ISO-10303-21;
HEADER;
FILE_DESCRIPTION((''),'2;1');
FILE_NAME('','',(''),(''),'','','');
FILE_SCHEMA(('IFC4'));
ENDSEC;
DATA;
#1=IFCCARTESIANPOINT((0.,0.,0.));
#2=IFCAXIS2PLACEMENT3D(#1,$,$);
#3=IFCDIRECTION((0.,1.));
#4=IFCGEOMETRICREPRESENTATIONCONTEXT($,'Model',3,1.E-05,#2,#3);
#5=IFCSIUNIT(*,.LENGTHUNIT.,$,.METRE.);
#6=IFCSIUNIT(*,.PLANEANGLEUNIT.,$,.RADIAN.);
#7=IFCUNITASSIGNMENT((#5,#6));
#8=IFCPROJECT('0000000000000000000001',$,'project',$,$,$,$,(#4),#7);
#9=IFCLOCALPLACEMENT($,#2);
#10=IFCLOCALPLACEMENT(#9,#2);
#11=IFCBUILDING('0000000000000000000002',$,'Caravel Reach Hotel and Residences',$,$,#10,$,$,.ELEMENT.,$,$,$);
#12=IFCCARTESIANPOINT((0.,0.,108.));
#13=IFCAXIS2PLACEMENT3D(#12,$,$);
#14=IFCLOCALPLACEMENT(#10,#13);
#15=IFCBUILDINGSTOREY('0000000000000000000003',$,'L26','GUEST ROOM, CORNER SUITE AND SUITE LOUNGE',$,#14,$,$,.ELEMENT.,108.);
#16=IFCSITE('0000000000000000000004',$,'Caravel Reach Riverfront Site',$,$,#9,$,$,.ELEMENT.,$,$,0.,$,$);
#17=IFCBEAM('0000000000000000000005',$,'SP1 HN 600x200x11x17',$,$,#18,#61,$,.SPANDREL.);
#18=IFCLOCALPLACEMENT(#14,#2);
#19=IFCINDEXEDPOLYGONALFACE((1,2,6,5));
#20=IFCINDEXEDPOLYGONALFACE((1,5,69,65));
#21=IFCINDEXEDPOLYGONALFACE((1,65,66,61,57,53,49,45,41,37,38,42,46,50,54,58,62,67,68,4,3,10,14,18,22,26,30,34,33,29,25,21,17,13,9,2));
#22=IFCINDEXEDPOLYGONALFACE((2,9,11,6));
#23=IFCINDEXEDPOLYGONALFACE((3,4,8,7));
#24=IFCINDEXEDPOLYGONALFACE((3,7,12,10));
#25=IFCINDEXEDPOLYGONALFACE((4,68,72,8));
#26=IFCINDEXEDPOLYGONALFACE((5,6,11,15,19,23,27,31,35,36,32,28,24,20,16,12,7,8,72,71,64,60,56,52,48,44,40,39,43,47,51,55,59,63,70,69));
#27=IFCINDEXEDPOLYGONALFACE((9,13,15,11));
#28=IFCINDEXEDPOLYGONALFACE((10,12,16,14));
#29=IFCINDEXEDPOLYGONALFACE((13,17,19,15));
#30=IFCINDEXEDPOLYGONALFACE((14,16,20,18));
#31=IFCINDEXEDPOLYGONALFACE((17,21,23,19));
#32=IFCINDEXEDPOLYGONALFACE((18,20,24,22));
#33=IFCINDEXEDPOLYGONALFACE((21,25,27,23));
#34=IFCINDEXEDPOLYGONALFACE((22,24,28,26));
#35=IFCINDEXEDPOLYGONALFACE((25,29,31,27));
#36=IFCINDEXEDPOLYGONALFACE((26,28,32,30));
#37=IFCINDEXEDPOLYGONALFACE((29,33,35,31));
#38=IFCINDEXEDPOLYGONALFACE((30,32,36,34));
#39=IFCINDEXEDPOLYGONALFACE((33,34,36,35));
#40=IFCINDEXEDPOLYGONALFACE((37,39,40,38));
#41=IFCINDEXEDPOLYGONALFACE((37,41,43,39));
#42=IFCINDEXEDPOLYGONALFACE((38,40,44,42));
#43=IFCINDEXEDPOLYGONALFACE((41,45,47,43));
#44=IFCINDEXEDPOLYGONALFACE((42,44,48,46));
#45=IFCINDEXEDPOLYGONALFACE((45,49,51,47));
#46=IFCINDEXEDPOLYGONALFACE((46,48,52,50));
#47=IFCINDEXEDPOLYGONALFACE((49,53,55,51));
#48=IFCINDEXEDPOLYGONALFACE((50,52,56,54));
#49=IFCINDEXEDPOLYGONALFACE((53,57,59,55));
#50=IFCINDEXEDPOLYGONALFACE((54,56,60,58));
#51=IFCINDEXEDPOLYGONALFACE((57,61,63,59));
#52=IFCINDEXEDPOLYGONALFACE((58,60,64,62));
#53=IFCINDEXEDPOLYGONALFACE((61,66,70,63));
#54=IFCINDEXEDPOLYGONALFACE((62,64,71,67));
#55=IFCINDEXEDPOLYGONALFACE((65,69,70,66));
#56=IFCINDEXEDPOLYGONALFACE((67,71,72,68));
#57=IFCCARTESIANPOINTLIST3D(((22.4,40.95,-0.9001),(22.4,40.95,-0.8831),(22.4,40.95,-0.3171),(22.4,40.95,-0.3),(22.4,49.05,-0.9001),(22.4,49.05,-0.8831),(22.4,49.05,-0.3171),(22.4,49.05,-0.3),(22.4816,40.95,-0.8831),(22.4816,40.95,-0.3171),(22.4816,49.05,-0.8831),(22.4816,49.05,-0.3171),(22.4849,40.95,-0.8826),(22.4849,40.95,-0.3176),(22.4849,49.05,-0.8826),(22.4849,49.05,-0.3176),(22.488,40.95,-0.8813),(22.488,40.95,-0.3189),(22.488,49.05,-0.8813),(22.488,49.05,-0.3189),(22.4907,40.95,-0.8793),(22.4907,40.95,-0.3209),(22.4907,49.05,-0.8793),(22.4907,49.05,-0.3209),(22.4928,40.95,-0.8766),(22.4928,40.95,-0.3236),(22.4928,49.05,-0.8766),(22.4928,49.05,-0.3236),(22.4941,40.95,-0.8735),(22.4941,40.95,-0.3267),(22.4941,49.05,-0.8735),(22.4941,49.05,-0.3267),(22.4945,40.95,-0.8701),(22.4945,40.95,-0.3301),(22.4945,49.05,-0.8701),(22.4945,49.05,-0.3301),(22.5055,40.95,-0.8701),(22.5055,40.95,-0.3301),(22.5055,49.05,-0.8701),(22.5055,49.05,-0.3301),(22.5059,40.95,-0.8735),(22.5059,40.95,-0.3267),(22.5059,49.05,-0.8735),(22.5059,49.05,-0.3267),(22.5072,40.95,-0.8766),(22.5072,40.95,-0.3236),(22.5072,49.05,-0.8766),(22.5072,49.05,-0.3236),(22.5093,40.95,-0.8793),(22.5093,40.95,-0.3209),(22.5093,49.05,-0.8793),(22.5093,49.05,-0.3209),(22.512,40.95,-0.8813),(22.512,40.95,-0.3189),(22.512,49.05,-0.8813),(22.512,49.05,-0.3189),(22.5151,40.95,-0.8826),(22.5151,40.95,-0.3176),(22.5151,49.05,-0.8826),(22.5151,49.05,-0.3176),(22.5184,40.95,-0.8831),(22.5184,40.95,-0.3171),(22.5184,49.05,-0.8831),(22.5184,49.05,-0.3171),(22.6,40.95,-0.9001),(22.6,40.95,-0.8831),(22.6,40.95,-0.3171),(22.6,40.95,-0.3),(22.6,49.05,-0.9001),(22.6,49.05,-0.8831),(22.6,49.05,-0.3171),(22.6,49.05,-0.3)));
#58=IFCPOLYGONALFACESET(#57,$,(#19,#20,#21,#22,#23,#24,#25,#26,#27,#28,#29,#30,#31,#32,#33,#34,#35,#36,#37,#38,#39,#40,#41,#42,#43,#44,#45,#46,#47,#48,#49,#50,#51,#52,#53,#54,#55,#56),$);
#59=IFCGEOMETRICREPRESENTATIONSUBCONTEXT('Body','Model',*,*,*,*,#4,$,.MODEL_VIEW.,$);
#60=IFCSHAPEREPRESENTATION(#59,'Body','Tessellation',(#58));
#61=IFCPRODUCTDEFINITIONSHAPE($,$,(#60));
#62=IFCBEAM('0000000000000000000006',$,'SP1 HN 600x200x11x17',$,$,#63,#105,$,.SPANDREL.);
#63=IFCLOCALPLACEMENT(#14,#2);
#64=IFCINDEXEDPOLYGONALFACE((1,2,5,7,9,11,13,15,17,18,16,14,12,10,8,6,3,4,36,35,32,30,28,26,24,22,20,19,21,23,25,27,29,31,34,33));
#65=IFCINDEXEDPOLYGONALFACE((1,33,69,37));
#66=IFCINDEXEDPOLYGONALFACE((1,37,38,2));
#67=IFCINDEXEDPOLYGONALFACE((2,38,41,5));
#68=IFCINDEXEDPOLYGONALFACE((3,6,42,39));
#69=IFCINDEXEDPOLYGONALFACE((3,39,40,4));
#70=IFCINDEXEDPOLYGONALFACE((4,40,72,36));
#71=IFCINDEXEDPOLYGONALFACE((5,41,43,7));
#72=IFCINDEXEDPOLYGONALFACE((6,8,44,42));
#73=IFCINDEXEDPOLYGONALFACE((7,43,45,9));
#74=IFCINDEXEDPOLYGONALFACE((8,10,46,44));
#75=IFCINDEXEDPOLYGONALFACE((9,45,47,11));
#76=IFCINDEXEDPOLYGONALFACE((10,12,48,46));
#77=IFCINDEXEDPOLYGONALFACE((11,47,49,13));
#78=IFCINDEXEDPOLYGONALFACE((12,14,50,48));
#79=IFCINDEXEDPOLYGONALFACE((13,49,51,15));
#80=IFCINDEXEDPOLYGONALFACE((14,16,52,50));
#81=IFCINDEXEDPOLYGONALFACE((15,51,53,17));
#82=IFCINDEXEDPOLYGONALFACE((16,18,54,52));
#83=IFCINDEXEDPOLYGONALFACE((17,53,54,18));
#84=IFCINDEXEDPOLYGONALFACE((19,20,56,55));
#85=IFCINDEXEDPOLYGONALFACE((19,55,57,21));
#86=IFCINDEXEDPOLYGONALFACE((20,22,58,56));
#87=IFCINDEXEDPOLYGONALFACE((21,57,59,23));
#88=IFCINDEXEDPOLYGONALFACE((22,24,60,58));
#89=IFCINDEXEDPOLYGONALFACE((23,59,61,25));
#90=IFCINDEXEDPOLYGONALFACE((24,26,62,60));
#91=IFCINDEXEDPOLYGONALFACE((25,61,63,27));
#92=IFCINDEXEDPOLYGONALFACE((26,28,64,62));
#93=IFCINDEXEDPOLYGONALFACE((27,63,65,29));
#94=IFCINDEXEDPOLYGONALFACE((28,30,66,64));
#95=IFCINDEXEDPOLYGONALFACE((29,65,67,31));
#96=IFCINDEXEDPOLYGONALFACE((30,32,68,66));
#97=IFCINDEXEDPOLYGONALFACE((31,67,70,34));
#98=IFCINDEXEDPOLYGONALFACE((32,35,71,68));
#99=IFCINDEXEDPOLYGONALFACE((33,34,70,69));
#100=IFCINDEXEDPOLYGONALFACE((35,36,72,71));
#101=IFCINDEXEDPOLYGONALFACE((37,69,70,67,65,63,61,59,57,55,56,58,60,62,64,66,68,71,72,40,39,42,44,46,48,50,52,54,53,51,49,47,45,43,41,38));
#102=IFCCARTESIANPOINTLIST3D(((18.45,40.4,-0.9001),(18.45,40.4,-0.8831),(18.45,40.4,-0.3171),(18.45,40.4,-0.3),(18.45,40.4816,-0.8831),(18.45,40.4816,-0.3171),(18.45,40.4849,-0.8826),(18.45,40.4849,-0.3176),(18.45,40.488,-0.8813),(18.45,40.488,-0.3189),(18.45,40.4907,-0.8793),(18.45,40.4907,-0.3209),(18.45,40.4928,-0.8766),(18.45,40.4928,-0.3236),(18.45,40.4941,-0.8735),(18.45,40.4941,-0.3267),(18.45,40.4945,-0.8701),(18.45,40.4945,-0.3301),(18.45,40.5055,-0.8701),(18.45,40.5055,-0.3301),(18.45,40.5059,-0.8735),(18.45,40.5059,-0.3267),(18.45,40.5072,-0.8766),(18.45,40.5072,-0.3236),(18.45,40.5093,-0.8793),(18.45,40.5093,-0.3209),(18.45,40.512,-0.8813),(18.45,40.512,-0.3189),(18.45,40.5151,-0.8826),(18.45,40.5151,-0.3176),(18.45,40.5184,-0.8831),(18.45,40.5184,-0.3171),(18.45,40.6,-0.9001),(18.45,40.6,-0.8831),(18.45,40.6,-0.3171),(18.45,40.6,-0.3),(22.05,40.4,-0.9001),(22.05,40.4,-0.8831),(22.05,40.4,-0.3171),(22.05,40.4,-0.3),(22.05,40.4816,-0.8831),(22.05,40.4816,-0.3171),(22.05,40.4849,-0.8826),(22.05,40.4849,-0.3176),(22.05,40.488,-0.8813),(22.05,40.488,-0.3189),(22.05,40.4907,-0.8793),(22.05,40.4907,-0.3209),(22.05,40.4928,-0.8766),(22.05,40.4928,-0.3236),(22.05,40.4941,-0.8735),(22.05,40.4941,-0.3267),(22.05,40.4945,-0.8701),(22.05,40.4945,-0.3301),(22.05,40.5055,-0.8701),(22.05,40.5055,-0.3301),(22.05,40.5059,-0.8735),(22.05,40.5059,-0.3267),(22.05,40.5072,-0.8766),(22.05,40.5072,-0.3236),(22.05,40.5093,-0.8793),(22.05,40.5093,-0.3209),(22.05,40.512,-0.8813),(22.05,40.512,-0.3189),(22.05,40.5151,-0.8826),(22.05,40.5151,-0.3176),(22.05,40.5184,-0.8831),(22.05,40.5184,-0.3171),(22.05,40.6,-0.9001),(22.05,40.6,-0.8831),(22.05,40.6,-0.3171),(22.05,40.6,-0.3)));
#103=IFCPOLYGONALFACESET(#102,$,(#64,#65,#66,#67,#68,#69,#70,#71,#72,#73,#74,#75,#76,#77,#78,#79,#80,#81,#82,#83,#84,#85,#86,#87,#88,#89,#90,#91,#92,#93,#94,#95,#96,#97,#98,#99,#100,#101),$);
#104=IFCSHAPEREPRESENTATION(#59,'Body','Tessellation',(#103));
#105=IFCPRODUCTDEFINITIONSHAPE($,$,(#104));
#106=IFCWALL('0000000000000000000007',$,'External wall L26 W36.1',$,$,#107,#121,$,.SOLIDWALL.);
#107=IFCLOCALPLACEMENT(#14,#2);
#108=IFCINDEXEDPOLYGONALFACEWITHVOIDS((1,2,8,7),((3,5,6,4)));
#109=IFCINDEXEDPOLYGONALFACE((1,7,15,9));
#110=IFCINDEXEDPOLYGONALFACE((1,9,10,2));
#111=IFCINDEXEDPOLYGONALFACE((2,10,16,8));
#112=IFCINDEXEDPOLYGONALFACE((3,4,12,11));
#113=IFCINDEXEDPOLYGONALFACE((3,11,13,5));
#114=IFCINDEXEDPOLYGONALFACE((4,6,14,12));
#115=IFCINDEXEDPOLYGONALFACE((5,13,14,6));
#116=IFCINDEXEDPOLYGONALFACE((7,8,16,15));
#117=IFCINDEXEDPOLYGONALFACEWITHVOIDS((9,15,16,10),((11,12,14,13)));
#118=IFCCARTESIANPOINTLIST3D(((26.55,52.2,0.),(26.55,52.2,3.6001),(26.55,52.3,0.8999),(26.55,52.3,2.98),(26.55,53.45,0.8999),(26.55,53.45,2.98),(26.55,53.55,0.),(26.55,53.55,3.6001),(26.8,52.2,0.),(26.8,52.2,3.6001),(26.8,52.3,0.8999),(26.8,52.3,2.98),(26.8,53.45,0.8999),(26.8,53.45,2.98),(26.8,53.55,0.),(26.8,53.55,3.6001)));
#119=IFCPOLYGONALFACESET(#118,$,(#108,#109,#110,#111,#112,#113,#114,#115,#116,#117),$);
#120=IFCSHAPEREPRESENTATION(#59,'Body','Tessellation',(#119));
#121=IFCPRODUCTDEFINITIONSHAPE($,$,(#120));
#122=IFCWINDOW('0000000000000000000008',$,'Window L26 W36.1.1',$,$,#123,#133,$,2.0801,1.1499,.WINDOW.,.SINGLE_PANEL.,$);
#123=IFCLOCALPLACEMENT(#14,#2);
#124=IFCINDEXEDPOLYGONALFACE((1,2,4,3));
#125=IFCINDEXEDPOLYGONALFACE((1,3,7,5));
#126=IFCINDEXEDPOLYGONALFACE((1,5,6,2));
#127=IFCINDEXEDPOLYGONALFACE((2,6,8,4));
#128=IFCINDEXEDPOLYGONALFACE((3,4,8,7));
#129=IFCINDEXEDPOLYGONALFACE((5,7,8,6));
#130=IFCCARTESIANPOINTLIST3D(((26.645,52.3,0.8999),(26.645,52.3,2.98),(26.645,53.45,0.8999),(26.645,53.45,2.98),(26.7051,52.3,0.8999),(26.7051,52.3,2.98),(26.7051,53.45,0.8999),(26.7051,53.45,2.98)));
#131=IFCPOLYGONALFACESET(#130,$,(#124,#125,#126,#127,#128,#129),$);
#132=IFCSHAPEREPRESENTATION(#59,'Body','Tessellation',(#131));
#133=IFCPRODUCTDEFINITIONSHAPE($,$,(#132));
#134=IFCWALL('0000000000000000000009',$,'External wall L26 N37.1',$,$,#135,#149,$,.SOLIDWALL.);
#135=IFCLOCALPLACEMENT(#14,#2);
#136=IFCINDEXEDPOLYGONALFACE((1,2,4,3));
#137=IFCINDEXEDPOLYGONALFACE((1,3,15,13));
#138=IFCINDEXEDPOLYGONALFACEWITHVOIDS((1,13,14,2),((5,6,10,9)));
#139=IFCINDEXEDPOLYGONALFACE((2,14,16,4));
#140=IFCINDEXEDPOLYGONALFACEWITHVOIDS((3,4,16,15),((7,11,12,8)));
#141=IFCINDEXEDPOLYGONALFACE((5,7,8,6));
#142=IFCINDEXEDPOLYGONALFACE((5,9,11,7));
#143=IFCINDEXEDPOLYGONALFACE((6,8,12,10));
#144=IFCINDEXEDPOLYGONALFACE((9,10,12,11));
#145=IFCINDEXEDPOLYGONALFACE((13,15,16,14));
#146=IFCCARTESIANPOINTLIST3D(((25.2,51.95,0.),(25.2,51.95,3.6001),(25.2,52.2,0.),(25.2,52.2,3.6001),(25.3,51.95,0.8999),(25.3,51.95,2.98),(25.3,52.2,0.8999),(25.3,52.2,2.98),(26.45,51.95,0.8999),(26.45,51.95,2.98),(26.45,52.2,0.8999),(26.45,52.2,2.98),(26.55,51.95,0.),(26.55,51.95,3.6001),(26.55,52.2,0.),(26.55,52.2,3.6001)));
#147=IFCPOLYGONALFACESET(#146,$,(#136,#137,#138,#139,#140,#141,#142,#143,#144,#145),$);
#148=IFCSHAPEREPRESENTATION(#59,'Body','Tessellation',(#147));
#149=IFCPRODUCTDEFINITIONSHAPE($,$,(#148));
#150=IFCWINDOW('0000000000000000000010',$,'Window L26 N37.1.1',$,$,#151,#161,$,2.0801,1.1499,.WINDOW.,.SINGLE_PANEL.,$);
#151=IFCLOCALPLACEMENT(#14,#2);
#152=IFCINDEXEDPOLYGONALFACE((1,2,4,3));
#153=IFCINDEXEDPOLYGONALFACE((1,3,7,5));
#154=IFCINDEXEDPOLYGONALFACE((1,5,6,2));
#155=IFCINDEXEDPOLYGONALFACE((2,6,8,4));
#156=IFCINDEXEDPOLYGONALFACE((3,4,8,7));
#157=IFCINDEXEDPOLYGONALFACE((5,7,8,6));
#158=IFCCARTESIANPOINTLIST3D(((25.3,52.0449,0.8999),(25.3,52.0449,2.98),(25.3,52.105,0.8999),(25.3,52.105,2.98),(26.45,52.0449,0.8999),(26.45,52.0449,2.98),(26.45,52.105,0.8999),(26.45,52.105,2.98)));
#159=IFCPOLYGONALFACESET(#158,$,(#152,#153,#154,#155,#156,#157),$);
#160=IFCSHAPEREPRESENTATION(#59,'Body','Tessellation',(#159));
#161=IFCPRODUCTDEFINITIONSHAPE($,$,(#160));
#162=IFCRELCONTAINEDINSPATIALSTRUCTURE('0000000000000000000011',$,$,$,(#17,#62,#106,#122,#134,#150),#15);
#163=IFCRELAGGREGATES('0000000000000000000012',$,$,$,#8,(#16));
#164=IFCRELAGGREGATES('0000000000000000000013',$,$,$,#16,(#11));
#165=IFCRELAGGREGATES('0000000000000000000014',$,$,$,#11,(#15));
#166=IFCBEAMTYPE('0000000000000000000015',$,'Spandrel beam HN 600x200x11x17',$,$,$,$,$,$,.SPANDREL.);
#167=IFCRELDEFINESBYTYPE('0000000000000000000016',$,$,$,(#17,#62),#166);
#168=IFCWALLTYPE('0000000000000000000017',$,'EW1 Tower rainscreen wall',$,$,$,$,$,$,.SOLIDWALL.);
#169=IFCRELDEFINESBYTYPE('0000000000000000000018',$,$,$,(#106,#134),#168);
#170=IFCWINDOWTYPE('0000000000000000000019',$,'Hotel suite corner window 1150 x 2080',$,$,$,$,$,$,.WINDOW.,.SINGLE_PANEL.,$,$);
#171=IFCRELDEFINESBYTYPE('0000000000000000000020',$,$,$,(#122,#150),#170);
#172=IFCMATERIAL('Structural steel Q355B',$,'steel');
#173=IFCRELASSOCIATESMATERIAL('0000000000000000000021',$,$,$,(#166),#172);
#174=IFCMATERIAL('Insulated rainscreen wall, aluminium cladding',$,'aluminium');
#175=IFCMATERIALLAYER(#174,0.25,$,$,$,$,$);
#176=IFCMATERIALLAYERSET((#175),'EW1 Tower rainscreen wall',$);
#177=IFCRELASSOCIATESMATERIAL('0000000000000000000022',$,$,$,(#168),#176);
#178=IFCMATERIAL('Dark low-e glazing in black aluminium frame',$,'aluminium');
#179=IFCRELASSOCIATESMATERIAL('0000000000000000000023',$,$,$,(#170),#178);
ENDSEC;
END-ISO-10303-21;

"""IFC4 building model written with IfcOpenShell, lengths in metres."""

from ifc_helpers import new_model, si_unit, direction, frame, frame_2d, origin, origin_2d, place, context, subcontext, project, spatial, rectangle, i_section, extrude, material, layer, layer_set, material_profile, profile_set, type_object, element, fill, save


model = new_model("IFC4")

# Units and contexts
model_context = context("Model", 3, precision=1e-05, world=origin(), true_north=direction((0.0, 1.0)))
body_context = subcontext(model_context, "Body", "Model", "MODEL_VIEW")
ifc_project = project(units=[si_unit("LENGTHUNIT", "METRE"), si_unit("PLANEANGLEUNIT", "RADIAN")], contexts=[model_context])

# Site, building, storey
site_placement = place(None, origin())
site = spatial("IfcSite", under=ifc_project, at=site_placement, Name="Caravel Reach Riverfront Site", CompositionType="ELEMENT", RefElevation=0.0)
building_placement = place(site_placement, origin())
building = spatial("IfcBuilding", under=site, at=building_placement, Name="Caravel Reach Hotel and Residences", CompositionType="ELEMENT")
storey_placement = place(building_placement, frame((0.0, 0.0, 108.0)))
storey = spatial("IfcBuildingStorey", under=building, at=storey_placement, Name="L26", Description="GUEST ROOM, CORNER SUITE AND SUITE LOUNGE", CompositionType="ELEMENT", Elevation=108.0)

# Beams
ifc_material_1 = material(Name="Structural steel Q355B", Category="steel")
ifc_material_profile_1 = material_profile(ifc_material_1, i_section(OverallWidth=0.2, OverallDepth=0.6001, WebThickness=0.011, FlangeThickness=0.0171, FilletRadius=0.0129, at=origin_2d()), Name="HN 600x200x11x17")
ifc_profile_set_1 = profile_set([ifc_material_profile_1], Name="Structural steel Q355B")
beam_type_1 = type_object("IfcBeamType", Name="Spandrel beam HN 600x200x11x17", PredefinedType="SPANDREL", material=ifc_profile_set_1)
beam_1_placement = place(storey_placement, frame((22.5, 49.05, -0.6001), z_axis=(0.0, -1.0, 0.0), x_axis=(1.0, 0.0, 0.0)))
element("IfcBeam", 1, at=beam_1_placement, inside=storey, type_object=beam_type_1, Name="SP1 HN 600x200x11x17", PredefinedType="SPANDREL", context=body_context, shape_type="SweptSolid", body=[
    extrude(i_section(OverallWidth=0.2, OverallDepth=0.6001, WebThickness=0.011, FlangeThickness=0.0171, FilletRadius=0.0129, at=origin_2d()), origin(), (0.0, 0.0, 1.0), 8.1001),
])
beam_2_placement = place(storey_placement, frame((22.05, 40.5, -0.6001), z_axis=(-1.0, 0.0, 0.0), x_axis=(0.0, -1.0, 0.0)))
element("IfcBeam", 2, at=beam_2_placement, inside=storey, type_object=beam_type_1, Name="SP1 HN 600x200x11x17", PredefinedType="SPANDREL", context=body_context, shape_type="SweptSolid", body=[
    extrude(i_section(OverallWidth=0.2, OverallDepth=0.6001, WebThickness=0.011, FlangeThickness=0.0171, FilletRadius=0.0129, at=origin_2d()), origin(), (0.0, 0.0, 1.0), 3.6001),
])

# Walls, openings, windows
ifc_material_2 = material(Name="Insulated rainscreen wall, aluminium cladding", Category="aluminium")
ifc_layer_1 = layer(ifc_material_2, 0.25)
ifc_layer_set_1 = layer_set([ifc_layer_1], Name="EW1 Tower rainscreen wall")
wall_type_1 = type_object("IfcWallType", Name="EW1 Tower rainscreen wall", PredefinedType="SOLIDWALL", material=ifc_layer_set_1)
wall_1_placement = place(storey_placement, frame((26.675, 53.55, 0.0), z_axis=(0.0, 0.0, 1.0), x_axis=(0.0, -1.0, 0.0)))
wall_1 = element("IfcWall", 3, at=wall_1_placement, inside=storey, type_object=wall_type_1, Name="External wall L26 W36.1", PredefinedType="SOLIDWALL", context=body_context, shape_type="SweptSolid", body=[
    extrude(rectangle(XDim=1.3501, YDim=0.25, at=frame_2d((0.675, 0.0))), origin(), (0.0, 0.0, 1.0), 3.6001),
])
opening_1_placement = place(wall_1_placement, frame((0.1001, 0.0, 0.8999)))
opening_1 = element("IfcOpeningElement", 4, at=opening_1_placement, cuts=wall_1, PredefinedType="OPENING", context=body_context, shape_type="SweptSolid", body=[
    extrude(rectangle(XDim=1.1499, YDim=2.0801, at=frame_2d((0.575, 1.04))), frame((0.0, 0.135, 0.0), z_axis=(0.0, -1.0, 0.0), x_axis=(1.0, 0.0, 0.0)), (0.0, 0.0, 1.0), 0.27),
])
ifc_material_3 = material(Name="Dark low-e glazing in black aluminium frame", Category="aluminium")
window_type_1 = type_object("IfcWindowType", Name="Hotel suite corner window 1150 x 2080", PartitioningType="SINGLE_PANEL", PredefinedType="WINDOW", material=ifc_material_3)
window_1_placement = place(opening_1_placement, origin())
window_1 = element("IfcWindow", 5, at=window_1_placement, inside=storey, type_object=window_type_1, Name="Window L26 W36.1.1", OverallHeight=2.0801, OverallWidth=1.1499, PartitioningType="SINGLE_PANEL", PredefinedType="WINDOW", context=body_context, shape_type="SweptSolid", body=[
    extrude(rectangle(XDim=1.1499, YDim=2.0801, at=frame_2d((0.575, 1.04))), frame((0.0, 0.03, 0.0), z_axis=(0.0, -1.0, 0.0), x_axis=(1.0, 0.0, 0.0)), (0.0, 0.0, 1.0), 0.0601),
])
fill(opening_1, window_1)
wall_2_placement = place(storey_placement, frame((26.55, 52.075, 0.0), z_axis=(0.0, 0.0, 1.0), x_axis=(-1.0, 0.0, 0.0)))
wall_2 = element("IfcWall", 6, at=wall_2_placement, inside=storey, type_object=wall_type_1, Name="External wall L26 N37.1", PredefinedType="SOLIDWALL", context=body_context, shape_type="SweptSolid", body=[
    extrude(rectangle(XDim=1.3501, YDim=0.25, at=frame_2d((0.675, 0.0))), origin(), (0.0, 0.0, 1.0), 3.6001),
])
opening_2_placement = place(wall_2_placement, frame((0.1001, 0.0, 0.8999)))
opening_2 = element("IfcOpeningElement", 7, at=opening_2_placement, cuts=wall_2, PredefinedType="OPENING", context=body_context, shape_type="SweptSolid", body=[
    extrude(rectangle(XDim=1.1499, YDim=2.0801, at=frame_2d((0.575, 1.04))), frame((0.0, 0.135, 0.0), z_axis=(0.0, -1.0, 0.0), x_axis=(1.0, 0.0, 0.0)), (0.0, 0.0, 1.0), 0.27),
])
window_2_placement = place(opening_2_placement, origin())
window_2 = element("IfcWindow", 8, at=window_2_placement, inside=storey, type_object=window_type_1, Name="Window L26 N37.1.1", OverallHeight=2.0801, OverallWidth=1.1499, PartitioningType="SINGLE_PANEL", PredefinedType="WINDOW", context=body_context, shape_type="SweptSolid", body=[
    extrude(rectangle(XDim=1.1499, YDim=2.0801, at=frame_2d((0.575, 1.04))), frame((0.0, 0.03, 0.0), z_axis=(0.0, -1.0, 0.0), x_axis=(1.0, 0.0, 0.0)), (0.0, 0.0, 1.0), 0.0601),
])
fill(opening_2, window_2)

save(model, "model.ifc")
